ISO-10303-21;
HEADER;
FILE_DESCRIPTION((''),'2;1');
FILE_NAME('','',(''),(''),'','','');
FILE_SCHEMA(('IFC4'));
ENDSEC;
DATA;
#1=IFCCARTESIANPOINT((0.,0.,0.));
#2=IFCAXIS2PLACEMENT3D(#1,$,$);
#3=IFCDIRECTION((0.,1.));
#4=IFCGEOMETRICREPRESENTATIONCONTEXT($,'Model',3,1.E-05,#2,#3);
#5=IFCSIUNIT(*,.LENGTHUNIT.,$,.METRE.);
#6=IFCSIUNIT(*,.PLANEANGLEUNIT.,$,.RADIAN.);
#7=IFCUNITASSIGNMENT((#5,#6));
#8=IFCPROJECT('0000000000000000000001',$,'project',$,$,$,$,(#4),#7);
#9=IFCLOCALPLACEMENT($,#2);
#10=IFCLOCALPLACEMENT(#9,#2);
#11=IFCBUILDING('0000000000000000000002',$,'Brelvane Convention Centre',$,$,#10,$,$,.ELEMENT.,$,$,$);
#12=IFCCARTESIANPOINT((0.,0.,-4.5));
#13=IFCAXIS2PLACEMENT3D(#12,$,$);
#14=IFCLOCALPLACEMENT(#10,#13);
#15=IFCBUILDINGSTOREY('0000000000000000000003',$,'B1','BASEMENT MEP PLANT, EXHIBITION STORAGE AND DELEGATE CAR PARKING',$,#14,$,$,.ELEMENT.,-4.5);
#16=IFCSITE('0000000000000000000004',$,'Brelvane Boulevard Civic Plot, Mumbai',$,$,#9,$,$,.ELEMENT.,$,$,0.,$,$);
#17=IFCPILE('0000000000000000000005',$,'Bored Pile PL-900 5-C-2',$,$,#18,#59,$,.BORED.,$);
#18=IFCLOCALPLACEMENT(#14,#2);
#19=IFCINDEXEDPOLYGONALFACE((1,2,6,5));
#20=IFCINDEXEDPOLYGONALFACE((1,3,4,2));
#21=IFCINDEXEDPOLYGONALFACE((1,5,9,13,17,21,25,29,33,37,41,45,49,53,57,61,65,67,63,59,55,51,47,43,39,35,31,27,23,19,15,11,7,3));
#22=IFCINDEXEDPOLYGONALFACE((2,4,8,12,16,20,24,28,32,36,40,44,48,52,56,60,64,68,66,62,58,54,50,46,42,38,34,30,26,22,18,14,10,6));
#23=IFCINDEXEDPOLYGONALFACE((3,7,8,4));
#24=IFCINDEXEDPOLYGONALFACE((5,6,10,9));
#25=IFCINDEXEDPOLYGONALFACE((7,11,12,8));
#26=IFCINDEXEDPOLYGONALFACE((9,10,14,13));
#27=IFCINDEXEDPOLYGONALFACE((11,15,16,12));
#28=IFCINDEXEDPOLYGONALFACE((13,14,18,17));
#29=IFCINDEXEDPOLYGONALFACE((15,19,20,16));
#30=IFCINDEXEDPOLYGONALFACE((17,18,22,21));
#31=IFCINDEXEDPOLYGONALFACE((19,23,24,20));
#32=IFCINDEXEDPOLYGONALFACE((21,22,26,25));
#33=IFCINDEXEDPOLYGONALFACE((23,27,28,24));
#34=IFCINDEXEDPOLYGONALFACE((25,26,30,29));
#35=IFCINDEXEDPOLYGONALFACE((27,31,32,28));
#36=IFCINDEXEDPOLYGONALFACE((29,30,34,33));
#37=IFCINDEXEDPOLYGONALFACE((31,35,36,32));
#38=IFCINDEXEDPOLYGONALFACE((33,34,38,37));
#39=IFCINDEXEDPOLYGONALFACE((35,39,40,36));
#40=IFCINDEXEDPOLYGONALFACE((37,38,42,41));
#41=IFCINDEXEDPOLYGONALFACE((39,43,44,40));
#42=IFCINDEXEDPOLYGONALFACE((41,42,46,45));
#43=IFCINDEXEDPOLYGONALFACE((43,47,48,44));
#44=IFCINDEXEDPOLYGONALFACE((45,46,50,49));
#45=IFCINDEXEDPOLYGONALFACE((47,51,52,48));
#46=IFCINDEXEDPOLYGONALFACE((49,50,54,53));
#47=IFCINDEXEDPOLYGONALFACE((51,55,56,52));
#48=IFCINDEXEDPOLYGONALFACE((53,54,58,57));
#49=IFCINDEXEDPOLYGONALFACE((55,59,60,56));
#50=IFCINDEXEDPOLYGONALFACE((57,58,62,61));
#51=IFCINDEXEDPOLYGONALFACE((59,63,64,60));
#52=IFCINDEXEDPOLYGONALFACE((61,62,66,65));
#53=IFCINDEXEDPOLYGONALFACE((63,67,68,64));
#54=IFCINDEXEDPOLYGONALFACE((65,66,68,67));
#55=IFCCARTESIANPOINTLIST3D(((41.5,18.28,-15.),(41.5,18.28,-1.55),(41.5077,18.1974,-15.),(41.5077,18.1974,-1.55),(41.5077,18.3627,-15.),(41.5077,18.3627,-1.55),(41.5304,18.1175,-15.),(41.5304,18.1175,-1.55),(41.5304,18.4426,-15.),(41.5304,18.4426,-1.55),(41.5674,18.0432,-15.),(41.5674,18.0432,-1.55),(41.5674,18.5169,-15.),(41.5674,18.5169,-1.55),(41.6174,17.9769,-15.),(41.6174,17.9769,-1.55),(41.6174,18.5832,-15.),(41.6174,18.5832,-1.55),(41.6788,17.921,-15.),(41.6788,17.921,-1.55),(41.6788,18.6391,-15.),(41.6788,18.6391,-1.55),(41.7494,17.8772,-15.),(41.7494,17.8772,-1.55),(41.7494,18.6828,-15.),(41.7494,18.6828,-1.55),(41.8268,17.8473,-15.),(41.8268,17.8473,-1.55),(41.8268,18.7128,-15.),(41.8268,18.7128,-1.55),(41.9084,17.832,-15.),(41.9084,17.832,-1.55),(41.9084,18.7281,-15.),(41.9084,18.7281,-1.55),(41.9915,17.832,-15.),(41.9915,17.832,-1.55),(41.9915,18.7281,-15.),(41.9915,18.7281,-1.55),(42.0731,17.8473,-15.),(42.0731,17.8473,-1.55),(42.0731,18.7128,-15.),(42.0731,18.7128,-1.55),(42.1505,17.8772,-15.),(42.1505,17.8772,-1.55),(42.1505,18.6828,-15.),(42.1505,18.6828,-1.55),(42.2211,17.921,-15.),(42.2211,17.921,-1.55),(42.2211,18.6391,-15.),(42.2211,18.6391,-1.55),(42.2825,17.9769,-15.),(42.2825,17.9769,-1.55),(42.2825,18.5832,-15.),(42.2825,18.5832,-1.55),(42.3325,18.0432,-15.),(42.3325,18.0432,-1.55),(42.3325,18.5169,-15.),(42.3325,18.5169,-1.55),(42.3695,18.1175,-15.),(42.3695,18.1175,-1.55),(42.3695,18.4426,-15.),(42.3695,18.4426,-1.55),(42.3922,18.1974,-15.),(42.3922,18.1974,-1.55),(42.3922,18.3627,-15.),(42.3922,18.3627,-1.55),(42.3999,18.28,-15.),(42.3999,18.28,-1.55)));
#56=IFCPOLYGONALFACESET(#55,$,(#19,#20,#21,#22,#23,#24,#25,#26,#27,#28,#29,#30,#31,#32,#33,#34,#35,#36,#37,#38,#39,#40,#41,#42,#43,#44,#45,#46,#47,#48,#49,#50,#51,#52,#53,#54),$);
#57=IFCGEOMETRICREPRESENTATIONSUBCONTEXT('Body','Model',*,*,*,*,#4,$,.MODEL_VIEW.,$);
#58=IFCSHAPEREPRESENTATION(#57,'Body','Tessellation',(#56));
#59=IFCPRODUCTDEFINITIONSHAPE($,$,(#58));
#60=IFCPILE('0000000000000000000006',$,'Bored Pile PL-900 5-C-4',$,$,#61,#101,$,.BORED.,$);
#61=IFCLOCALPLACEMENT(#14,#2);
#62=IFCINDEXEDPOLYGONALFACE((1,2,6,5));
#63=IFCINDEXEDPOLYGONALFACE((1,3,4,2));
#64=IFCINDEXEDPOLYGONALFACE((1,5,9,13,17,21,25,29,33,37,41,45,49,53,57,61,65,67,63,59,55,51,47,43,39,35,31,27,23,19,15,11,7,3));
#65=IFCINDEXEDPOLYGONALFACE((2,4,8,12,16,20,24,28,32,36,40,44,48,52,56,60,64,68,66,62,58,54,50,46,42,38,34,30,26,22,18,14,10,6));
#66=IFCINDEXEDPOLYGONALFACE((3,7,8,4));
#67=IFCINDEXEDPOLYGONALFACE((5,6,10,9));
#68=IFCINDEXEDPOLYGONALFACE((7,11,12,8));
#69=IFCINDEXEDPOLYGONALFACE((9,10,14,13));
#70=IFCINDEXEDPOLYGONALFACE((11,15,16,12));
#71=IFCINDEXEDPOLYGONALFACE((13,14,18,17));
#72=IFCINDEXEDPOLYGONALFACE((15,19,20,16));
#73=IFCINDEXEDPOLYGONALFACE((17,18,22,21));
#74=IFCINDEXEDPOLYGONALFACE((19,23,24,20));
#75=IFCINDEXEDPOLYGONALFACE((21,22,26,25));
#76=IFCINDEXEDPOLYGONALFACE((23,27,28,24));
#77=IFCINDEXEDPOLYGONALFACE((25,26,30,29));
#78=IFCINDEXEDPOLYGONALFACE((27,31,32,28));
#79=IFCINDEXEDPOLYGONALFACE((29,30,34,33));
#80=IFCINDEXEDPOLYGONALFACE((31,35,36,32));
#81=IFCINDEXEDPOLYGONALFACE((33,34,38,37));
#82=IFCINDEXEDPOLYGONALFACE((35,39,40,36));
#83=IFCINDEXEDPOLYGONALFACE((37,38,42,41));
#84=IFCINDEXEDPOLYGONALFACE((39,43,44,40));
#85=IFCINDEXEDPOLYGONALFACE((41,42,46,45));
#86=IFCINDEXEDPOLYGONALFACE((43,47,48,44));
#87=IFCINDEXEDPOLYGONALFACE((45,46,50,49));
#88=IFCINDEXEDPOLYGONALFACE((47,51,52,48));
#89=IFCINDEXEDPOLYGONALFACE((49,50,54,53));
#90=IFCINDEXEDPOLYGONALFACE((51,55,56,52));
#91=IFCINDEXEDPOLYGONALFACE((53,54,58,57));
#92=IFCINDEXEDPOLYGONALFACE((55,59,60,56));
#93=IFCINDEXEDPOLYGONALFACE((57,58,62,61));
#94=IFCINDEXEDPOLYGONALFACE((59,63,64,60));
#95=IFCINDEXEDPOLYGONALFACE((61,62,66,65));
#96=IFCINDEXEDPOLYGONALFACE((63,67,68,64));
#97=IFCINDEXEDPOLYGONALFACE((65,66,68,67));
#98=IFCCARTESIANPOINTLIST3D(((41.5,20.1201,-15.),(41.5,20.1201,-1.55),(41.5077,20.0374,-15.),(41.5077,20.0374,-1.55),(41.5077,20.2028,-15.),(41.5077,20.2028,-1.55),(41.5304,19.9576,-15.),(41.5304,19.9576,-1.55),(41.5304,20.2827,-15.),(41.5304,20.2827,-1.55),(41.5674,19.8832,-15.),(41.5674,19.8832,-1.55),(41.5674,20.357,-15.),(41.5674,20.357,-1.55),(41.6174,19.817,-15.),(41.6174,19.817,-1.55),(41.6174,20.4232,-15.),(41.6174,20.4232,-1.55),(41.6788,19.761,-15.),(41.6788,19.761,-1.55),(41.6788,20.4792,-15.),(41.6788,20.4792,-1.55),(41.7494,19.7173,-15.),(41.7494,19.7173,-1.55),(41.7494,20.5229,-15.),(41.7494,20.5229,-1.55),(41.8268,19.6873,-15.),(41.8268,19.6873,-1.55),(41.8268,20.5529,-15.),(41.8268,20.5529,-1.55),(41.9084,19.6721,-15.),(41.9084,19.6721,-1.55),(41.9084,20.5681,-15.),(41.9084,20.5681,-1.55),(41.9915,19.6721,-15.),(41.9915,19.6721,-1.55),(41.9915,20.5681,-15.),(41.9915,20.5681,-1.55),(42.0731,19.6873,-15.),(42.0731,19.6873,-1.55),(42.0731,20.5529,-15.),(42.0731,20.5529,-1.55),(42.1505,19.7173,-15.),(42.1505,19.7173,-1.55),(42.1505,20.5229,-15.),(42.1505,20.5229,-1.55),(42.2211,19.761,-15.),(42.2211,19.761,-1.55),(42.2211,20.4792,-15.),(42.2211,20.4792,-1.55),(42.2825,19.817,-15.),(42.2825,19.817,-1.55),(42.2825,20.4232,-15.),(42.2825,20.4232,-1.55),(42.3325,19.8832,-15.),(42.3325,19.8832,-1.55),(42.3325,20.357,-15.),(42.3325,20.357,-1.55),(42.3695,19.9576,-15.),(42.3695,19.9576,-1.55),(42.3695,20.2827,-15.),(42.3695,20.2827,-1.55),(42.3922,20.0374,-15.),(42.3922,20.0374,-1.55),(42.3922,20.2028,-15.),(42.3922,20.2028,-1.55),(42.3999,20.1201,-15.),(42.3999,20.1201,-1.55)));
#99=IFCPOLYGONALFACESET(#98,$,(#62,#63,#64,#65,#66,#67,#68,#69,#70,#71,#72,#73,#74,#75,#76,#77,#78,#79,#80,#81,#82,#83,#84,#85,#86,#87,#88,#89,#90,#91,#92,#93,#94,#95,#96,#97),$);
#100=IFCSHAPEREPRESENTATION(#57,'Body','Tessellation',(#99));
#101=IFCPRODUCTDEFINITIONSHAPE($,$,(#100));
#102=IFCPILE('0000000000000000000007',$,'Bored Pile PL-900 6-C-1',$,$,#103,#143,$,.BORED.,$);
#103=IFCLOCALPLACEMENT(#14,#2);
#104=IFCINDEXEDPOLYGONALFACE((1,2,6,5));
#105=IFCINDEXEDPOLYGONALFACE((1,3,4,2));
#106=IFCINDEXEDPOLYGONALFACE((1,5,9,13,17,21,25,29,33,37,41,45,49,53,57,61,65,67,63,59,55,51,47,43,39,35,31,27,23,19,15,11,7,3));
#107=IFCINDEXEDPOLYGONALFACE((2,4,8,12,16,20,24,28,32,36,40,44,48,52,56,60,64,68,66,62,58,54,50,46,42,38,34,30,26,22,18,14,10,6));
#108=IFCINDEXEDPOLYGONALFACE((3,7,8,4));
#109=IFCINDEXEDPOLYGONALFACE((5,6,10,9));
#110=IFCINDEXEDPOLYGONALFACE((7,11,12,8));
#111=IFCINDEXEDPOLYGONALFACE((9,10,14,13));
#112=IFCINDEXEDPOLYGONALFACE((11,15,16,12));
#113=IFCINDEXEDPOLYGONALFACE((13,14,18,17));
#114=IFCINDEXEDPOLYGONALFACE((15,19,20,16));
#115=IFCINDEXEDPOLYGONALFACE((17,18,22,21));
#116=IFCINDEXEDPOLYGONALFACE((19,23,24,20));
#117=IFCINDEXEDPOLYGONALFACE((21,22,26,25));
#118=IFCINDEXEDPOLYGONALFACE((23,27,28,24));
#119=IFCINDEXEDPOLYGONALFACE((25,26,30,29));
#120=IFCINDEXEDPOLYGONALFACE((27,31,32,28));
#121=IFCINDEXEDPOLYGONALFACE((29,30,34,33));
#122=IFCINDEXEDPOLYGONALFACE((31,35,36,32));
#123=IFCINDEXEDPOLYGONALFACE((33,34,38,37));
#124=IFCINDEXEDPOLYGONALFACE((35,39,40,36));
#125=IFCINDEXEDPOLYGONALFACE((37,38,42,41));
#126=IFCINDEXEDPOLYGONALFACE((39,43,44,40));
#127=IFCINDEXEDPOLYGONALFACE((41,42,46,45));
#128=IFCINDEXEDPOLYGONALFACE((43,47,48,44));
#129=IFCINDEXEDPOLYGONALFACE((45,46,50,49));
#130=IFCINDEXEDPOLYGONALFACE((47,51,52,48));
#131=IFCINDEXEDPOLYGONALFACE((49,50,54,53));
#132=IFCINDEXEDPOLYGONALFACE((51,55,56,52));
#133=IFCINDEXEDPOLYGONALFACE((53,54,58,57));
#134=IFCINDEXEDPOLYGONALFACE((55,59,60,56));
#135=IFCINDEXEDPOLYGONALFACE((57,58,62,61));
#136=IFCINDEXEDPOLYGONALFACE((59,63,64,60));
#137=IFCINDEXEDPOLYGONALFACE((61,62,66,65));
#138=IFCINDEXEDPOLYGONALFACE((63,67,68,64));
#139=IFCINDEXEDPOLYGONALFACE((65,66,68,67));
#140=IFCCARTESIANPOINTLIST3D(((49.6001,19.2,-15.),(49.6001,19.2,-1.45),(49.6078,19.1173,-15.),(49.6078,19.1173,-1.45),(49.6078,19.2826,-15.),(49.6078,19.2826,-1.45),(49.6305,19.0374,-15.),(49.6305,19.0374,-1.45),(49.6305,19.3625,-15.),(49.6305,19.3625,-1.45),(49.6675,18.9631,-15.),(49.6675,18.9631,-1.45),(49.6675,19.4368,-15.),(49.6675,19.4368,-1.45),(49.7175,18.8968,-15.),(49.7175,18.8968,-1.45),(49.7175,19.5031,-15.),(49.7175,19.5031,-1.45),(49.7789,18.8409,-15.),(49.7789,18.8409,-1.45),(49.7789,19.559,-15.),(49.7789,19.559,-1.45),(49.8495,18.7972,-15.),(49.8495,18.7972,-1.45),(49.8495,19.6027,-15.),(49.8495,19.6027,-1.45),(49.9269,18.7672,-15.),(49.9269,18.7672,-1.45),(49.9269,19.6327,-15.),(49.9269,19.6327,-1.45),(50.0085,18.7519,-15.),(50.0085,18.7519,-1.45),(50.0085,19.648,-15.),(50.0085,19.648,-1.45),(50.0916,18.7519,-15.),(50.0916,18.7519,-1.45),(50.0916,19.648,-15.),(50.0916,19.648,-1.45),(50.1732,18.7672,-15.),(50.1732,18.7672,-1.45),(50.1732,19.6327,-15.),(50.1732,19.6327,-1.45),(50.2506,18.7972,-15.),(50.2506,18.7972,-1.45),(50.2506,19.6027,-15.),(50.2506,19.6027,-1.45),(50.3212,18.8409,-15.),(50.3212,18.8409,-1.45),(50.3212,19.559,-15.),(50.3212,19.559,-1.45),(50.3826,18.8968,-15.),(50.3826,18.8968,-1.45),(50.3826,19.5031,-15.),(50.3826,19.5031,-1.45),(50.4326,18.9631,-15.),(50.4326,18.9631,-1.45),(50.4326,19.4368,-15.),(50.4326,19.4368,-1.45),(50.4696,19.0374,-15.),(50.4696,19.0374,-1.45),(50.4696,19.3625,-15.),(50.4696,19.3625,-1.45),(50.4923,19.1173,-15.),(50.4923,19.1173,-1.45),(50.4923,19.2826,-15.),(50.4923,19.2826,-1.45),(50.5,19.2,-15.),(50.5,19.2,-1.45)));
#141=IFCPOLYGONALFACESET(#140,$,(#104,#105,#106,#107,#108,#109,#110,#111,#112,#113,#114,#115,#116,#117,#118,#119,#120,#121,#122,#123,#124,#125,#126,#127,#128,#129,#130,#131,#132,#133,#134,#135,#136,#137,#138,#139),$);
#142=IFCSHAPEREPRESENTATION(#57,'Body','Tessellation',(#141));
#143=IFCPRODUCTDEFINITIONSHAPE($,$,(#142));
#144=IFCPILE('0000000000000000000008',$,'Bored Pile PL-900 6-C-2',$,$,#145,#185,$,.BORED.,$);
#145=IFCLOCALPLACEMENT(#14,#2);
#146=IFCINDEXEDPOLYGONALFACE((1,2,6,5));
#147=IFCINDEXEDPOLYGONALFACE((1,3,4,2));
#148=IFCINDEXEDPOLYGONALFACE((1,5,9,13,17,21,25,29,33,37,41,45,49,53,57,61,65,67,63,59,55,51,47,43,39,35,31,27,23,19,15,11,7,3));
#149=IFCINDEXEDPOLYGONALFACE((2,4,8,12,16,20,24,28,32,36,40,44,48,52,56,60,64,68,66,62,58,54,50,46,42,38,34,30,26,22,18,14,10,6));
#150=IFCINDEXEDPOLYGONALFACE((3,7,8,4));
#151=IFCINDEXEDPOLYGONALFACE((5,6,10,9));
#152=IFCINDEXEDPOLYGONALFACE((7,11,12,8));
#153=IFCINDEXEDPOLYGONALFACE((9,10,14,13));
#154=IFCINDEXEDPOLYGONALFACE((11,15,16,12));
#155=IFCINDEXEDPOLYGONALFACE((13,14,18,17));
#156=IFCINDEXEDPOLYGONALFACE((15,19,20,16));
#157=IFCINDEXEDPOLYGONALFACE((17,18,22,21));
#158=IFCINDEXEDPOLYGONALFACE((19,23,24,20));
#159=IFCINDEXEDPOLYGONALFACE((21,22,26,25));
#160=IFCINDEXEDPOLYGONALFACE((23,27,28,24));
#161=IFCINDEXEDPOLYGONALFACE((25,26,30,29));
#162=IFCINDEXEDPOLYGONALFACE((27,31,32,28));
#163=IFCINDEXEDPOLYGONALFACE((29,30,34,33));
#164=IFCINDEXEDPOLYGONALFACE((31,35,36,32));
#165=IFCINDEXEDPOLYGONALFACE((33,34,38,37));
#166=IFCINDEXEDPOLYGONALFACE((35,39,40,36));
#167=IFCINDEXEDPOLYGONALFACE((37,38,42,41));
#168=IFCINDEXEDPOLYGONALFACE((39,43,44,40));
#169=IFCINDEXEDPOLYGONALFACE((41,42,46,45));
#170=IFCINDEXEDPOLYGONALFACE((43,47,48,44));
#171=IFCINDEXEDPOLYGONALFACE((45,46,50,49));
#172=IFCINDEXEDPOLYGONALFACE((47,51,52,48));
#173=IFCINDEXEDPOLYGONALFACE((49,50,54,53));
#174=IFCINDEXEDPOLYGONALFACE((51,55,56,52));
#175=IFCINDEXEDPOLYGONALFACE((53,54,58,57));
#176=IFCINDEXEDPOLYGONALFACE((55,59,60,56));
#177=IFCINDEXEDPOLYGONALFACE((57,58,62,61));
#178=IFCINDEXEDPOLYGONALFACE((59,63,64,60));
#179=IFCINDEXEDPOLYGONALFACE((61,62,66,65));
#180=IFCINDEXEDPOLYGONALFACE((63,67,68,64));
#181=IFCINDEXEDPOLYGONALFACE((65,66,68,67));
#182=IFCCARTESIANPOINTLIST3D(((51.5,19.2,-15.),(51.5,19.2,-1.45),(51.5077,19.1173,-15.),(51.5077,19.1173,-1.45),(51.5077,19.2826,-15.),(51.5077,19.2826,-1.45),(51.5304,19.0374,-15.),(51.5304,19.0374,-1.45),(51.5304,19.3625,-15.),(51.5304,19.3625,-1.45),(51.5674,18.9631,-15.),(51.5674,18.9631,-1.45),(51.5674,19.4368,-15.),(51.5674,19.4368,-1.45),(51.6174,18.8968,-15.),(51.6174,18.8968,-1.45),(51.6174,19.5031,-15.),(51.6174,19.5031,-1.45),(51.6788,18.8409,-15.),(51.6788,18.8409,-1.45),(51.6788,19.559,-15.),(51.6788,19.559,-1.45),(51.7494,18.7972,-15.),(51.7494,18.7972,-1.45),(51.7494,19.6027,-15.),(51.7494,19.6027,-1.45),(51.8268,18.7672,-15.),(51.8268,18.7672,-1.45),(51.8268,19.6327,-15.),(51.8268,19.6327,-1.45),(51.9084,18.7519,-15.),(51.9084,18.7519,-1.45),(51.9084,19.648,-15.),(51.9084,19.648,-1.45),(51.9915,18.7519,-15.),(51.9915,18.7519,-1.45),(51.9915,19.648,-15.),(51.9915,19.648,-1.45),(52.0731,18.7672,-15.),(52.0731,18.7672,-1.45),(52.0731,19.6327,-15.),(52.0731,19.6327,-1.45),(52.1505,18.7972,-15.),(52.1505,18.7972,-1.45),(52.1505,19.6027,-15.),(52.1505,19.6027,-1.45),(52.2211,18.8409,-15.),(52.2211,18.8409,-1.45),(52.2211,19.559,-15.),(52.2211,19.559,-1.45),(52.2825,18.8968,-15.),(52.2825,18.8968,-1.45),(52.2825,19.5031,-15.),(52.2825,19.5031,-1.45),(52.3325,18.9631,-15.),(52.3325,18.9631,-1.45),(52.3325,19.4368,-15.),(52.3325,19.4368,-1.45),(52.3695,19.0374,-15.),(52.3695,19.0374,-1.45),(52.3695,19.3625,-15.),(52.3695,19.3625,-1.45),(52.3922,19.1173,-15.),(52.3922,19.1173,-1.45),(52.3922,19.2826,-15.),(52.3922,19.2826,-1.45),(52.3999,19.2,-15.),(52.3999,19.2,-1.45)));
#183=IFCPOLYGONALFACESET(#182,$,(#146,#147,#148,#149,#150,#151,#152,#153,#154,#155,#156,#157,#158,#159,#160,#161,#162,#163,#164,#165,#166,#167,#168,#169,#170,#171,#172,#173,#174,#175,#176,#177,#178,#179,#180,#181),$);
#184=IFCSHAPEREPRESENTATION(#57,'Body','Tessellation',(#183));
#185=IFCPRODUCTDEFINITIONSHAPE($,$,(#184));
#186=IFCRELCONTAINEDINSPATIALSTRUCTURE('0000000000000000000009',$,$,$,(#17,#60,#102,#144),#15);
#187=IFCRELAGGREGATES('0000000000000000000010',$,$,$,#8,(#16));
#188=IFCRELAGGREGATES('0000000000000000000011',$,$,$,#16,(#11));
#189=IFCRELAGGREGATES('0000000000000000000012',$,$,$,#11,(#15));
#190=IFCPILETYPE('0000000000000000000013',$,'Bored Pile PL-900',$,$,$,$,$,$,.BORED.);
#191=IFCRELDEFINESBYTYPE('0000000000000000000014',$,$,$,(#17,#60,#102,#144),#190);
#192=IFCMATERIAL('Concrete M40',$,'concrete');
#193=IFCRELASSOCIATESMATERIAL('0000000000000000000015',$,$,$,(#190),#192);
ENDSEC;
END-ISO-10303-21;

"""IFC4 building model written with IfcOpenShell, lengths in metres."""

from ifc_helpers import new_model, si_unit, direction, frame, origin, origin_2d, place, context, subcontext, project, spatial, circle, extrude, material, material_profile, profile_set, type_object, element, save


model = new_model("IFC4")

# Units and contexts
model_context = context("Model", 3, precision=1e-05, world=origin(), true_north=direction((0.0, 1.0)))
body_context = subcontext(model_context, "Body", "Model", "MODEL_VIEW")
ifc_project = project(units=[si_unit("LENGTHUNIT", "METRE"), si_unit("PLANEANGLEUNIT", "RADIAN")], contexts=[model_context])

# Site, building, storey
site_placement = place(None, origin())
site = spatial("IfcSite", under=ifc_project, at=site_placement, Name="Brelvane Boulevard Civic Plot, Mumbai", CompositionType="ELEMENT", RefElevation=0.0)
building_placement = place(site_placement, origin())
building = spatial("IfcBuilding", under=site, at=building_placement, Name="Brelvane Convention Centre", CompositionType="ELEMENT")
storey_placement = place(building_placement, frame((0.0, 0.0, -4.5)))
storey = spatial("IfcBuildingStorey", under=building, at=storey_placement, Name="B1", Description="BASEMENT MEP PLANT, EXHIBITION STORAGE AND DELEGATE CAR PARKING", CompositionType="ELEMENT", Elevation=-4.5)

# Piles
ifc_material_1 = material(Name="Concrete M40", Category="concrete")
ifc_material_profile_1 = material_profile(ifc_material_1, circle(Radius=0.45, at=origin_2d()), Name="PILE D900")
ifc_profile_set_1 = profile_set([ifc_material_profile_1], Name="Concrete M40")
pile_type = type_object("IfcPileType", Name="Bored Pile PL-900", PredefinedType="BORED", material=ifc_profile_set_1)
for number, where, z_axis, x_axis, name in (
    (1, (41.95, 18.28, -1.55), (0.0, 0.0, -1.0), (1.0, 0.0, 0.0), "Bored Pile PL-900 5-C-2"),
    (2, (41.95, 20.1201, -1.55), (0.0, 0.0, -1.0), (1.0, 0.0, 0.0), "Bored Pile PL-900 5-C-4"),
):
    element("IfcPile", number, at=place(storey_placement, frame(where, z_axis=z_axis, x_axis=x_axis)), inside=storey, type_object=pile_type, Name=name, PredefinedType="BORED", context=body_context, shape_type="SweptSolid", body=[
        extrude(circle(Radius=0.45, at=origin_2d()), origin(), (0.0, 0.0, 1.0), 13.45),
    ])
for number, where, z_axis, x_axis, name in (
    (3, (50.05, 19.2, -1.45), (0.0, 0.0, -1.0), (1.0, 0.0, 0.0), "Bored Pile PL-900 6-C-1"),
    (4, (51.95, 19.2, -1.45), (0.0, 0.0, -1.0), (1.0, 0.0, 0.0), "Bored Pile PL-900 6-C-2"),
):
    element("IfcPile", number, at=place(storey_placement, frame(where, z_axis=z_axis, x_axis=x_axis)), inside=storey, type_object=pile_type, Name=name, PredefinedType="BORED", context=body_context, shape_type="SweptSolid", body=[
        extrude(circle(Radius=0.45, at=origin_2d()), origin(), (0.0, 0.0, 1.0), 13.55),
    ])

save(model, "model.ifc")
